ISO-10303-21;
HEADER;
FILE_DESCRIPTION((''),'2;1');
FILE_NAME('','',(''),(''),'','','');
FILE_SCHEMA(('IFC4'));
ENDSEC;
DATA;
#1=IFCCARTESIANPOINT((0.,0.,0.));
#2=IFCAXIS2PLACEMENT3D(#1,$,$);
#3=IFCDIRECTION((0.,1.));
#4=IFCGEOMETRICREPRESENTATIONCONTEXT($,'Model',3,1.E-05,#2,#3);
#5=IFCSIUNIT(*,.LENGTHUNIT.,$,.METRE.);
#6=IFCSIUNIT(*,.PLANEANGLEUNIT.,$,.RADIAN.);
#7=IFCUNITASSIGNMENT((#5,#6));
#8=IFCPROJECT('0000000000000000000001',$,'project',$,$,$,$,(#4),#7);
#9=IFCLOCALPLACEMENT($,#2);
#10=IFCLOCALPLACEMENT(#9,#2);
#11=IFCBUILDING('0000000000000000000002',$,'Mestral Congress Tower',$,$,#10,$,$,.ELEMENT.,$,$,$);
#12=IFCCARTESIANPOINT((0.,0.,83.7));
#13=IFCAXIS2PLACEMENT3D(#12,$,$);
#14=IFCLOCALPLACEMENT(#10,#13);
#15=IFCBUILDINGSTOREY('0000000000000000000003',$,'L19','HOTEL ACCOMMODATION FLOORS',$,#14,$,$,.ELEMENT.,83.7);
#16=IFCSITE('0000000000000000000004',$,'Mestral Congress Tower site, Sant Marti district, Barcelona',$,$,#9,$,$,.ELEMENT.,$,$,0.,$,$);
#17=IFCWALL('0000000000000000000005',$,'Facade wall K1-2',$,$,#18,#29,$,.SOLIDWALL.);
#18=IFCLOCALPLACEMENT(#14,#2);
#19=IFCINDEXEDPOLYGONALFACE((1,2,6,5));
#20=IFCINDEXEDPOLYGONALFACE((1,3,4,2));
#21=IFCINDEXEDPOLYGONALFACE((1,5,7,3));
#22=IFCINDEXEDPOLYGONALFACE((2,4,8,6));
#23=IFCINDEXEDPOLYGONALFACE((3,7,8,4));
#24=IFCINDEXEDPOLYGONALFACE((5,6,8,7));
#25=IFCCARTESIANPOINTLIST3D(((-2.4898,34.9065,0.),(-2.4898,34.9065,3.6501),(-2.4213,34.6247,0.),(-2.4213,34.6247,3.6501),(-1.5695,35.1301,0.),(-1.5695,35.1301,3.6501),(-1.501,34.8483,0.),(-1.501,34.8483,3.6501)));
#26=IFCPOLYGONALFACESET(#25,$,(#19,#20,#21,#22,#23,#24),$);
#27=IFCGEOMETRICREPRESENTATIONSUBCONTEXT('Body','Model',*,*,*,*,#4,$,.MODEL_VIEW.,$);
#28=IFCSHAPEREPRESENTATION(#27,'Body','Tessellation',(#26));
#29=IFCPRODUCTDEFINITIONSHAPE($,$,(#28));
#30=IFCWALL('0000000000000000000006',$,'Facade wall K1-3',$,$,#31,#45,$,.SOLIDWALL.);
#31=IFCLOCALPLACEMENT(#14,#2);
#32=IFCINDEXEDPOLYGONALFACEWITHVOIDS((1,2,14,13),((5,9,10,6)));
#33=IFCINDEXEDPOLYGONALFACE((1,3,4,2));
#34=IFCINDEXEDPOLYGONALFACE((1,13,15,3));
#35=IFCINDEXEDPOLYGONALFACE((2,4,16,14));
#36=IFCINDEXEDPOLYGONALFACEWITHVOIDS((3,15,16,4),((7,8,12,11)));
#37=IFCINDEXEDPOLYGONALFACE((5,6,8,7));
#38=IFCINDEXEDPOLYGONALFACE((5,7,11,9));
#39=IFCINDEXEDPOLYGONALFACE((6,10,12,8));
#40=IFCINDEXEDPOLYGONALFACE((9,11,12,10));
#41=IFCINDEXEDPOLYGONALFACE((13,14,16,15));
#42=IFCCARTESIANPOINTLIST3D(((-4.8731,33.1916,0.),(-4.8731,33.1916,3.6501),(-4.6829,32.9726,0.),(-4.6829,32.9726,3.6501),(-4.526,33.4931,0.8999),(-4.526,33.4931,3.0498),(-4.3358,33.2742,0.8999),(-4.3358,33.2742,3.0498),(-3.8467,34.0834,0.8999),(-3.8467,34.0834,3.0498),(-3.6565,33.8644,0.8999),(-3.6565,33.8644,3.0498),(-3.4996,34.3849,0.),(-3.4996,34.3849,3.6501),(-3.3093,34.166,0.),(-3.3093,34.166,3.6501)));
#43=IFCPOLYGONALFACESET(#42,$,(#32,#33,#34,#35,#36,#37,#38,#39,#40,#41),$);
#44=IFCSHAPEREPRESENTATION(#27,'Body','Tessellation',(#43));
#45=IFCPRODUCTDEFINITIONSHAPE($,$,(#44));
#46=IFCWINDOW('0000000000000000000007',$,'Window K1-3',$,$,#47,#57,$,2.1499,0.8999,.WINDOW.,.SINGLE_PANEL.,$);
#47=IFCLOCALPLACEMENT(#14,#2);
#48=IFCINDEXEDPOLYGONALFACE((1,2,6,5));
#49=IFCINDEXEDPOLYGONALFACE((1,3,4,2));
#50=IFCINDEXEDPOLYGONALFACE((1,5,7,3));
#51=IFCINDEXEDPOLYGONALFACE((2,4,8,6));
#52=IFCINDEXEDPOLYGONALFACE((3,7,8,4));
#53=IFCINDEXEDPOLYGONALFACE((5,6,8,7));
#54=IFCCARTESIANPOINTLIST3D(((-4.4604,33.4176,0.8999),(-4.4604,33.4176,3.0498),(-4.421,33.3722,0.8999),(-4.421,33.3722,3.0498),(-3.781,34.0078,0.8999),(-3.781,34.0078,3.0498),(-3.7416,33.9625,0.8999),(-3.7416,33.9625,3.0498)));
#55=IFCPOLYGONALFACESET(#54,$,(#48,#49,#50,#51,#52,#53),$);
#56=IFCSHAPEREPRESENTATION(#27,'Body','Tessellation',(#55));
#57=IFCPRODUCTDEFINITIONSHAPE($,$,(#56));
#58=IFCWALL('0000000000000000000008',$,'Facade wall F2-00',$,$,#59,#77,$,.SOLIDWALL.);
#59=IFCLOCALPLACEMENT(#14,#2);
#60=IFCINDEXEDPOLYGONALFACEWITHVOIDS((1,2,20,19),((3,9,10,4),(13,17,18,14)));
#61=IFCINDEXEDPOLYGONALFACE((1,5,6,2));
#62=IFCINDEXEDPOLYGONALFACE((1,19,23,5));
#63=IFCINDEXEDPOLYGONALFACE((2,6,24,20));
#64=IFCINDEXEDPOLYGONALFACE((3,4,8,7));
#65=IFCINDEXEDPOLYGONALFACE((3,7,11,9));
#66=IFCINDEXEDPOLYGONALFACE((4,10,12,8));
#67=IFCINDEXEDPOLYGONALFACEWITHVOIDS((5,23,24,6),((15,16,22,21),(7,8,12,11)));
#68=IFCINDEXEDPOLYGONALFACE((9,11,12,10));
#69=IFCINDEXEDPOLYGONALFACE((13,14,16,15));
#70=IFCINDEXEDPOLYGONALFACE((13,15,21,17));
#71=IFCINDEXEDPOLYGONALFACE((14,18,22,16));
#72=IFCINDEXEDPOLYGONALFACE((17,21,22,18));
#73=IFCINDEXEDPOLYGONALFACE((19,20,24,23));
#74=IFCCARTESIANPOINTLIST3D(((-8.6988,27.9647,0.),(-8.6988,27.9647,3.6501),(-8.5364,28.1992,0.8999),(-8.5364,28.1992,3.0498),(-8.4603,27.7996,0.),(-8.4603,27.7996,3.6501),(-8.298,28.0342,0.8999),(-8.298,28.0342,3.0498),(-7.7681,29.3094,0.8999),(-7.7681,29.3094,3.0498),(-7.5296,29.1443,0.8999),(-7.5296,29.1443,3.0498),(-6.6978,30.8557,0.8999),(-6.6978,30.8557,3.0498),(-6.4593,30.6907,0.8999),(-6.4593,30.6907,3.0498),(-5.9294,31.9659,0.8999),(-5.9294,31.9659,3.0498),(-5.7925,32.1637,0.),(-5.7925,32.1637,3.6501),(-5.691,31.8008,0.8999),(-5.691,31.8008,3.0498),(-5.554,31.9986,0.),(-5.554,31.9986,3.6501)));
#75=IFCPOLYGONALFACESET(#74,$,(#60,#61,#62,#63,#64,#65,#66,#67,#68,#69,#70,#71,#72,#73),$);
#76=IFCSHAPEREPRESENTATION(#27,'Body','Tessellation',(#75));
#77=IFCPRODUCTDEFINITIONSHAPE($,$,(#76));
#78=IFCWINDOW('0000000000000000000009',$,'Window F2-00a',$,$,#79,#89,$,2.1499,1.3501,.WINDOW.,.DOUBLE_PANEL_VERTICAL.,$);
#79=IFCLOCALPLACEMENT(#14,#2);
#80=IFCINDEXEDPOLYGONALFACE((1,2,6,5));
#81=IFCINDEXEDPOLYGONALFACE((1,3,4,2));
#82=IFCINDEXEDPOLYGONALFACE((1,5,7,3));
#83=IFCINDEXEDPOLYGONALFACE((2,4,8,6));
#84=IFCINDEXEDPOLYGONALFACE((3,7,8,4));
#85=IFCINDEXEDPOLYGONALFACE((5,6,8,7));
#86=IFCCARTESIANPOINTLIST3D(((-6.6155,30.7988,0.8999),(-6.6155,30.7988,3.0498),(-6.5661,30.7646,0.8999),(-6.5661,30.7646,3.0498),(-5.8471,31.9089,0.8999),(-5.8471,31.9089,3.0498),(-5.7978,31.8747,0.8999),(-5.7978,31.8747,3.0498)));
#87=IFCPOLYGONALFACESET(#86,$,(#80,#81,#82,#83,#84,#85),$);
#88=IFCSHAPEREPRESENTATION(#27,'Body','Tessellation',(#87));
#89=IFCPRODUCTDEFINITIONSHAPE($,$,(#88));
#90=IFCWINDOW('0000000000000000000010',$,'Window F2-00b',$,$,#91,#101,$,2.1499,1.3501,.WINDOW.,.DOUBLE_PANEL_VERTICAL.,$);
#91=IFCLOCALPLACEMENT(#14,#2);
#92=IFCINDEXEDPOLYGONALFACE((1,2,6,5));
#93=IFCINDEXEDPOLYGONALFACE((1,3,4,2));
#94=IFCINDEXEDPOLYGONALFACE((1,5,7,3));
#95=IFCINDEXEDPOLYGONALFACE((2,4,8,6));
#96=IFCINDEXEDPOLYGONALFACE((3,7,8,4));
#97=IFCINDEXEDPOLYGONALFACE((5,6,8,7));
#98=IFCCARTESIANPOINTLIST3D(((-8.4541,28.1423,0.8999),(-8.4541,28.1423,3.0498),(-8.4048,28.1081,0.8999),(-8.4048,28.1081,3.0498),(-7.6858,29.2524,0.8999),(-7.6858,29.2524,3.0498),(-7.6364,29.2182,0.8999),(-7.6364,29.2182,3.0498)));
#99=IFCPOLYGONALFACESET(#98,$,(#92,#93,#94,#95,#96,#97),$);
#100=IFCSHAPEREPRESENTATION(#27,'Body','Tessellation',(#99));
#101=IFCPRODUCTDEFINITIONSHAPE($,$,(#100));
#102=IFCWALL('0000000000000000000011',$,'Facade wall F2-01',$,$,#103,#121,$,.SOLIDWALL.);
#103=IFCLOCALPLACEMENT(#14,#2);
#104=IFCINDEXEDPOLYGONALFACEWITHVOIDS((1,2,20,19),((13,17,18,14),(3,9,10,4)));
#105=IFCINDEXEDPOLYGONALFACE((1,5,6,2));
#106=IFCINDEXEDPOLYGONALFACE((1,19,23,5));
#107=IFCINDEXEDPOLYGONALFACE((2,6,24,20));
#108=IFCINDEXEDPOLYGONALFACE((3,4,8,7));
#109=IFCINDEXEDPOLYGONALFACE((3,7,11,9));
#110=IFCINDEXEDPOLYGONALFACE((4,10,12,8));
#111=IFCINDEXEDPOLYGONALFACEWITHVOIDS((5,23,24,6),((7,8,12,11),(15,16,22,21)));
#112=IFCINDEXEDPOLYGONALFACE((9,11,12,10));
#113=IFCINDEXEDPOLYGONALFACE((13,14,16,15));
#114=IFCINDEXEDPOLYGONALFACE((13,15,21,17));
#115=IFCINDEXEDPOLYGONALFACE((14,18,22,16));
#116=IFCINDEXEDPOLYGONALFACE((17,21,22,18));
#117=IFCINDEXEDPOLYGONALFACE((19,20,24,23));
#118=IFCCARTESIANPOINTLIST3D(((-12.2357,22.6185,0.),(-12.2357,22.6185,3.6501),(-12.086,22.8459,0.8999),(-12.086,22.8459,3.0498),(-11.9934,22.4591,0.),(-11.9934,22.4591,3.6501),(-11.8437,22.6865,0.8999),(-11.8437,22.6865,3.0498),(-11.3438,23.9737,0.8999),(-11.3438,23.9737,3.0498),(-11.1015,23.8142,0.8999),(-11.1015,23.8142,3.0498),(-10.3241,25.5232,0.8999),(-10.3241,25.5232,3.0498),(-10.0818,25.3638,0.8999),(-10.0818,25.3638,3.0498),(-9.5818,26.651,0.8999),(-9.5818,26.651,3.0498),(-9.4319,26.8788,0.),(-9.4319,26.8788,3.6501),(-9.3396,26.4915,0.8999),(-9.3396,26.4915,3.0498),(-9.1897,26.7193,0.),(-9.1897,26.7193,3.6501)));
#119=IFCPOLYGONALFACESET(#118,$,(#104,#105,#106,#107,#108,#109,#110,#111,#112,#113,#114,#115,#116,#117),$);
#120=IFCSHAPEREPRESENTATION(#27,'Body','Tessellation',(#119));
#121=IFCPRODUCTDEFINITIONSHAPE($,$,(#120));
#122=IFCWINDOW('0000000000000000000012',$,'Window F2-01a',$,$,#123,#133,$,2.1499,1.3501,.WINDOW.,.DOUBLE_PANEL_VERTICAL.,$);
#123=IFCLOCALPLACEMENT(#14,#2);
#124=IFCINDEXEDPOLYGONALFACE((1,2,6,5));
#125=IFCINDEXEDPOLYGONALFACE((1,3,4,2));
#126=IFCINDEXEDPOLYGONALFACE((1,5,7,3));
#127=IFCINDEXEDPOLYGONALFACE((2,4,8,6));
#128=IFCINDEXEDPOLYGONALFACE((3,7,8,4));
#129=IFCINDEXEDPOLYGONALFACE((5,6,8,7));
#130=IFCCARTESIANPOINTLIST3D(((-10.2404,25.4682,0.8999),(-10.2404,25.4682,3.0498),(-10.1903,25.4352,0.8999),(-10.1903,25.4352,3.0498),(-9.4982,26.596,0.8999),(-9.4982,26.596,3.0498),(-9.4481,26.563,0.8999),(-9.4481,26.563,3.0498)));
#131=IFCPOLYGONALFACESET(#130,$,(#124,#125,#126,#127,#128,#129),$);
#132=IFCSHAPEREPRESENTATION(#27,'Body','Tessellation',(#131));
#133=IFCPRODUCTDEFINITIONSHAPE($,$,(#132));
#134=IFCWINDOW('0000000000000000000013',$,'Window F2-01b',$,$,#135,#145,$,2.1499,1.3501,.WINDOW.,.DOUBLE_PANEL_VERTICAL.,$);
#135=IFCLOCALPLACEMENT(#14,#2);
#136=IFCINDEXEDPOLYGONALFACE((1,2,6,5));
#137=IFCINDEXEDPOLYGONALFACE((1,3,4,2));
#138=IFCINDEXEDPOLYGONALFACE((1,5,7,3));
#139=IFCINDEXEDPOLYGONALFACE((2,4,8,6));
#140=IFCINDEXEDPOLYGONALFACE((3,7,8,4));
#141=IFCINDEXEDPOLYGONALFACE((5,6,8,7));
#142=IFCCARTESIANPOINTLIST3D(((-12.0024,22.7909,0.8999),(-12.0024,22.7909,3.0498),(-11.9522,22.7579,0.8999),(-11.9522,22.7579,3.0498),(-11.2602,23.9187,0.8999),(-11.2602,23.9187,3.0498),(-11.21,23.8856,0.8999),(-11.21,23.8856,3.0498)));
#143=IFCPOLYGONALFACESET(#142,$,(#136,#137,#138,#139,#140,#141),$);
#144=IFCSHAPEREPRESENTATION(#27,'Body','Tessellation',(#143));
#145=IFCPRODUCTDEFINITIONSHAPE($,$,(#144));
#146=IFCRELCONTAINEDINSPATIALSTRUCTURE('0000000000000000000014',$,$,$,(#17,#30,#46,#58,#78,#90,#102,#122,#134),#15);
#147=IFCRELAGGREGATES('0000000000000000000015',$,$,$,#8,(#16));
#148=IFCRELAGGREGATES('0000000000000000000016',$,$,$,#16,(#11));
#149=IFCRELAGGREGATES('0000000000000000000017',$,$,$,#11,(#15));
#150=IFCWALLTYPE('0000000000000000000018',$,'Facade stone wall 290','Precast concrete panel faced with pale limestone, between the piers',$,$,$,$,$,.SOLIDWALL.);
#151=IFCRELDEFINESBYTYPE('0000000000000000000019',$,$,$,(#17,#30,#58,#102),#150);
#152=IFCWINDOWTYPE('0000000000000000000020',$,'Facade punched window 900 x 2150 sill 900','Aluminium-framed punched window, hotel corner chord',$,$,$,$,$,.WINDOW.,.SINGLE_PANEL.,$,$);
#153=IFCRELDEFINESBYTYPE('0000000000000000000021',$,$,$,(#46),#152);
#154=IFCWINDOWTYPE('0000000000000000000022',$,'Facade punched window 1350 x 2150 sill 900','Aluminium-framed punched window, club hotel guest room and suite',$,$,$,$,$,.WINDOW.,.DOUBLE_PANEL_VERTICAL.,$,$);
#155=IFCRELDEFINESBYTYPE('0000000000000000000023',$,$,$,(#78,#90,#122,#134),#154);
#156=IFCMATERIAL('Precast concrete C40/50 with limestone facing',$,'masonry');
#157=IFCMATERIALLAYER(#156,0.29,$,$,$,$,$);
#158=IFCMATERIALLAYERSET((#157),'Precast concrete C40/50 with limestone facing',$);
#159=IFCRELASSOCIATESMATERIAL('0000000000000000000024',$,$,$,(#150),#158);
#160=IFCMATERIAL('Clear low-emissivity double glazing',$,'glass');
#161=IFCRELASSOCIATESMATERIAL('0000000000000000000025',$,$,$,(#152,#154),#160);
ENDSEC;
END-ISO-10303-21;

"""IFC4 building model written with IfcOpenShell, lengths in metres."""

from ifc_helpers import new_model, si_unit, direction, frame, frame_2d, origin, place, context, subcontext, project, spatial, rectangle, extrude, material, layer, layer_set, type_object, element, fill, save


model = new_model("IFC4")

# Units and contexts
model_context = context("Model", 3, precision=1e-05, world=origin(), true_north=direction((0.0, 1.0)))
body_context = subcontext(model_context, "Body", "Model", "MODEL_VIEW")
ifc_project = project(units=[si_unit("LENGTHUNIT", "METRE"), si_unit("PLANEANGLEUNIT", "RADIAN")], contexts=[model_context])

# Site, building, storey
site_placement = place(None, origin())
site = spatial("IfcSite", under=ifc_project, at=site_placement, Name="Mestral Congress Tower site, Sant Marti district, Barcelona", CompositionType="ELEMENT", RefElevation=0.0)
building_placement = place(site_placement, origin())
building = spatial("IfcBuilding", under=site, at=building_placement, Name="Mestral Congress Tower", CompositionType="ELEMENT")
storey_placement = place(building_placement, frame((0.0, 0.0, 83.7)))
storey = spatial("IfcBuildingStorey", under=building, at=storey_placement, Name="L19", Description="HOTEL ACCOMMODATION FLOORS", CompositionType="ELEMENT", Elevation=83.7)

# Wall
ifc_material_1 = material(Name="Precast concrete C40/50 with limestone facing", Category="masonry")
ifc_layer_1 = layer(ifc_material_1, 0.29)
ifc_layer_set_1 = layer_set([ifc_layer_1], Name="Precast concrete C40/50 with limestone facing")
wall_type_1 = type_object("IfcWallType", Name="Facade stone wall 290", Description="Precast concrete panel faced with pale limestone, between the piers", PredefinedType="SOLIDWALL", material=ifc_layer_set_1)
wall_1_placement = place(storey_placement, frame((-1.5352, 34.9893, 0.0), z_axis=(0.0, 0.0, 1.0), x_axis=(-0.971714, -0.236161, 0.0)))
element("IfcWall", 1, at=wall_1_placement, inside=storey, type_object=wall_type_1, Name="Facade wall K1-2", PredefinedType="SOLIDWALL", context=body_context, shape_type="SweptSolid", body=[
    extrude(rectangle(XDim=0.947, YDim=0.29, at=frame_2d((0.4736, 0.0))), origin(), (0.0, 0.0, 1.0), 3.6501),
])

# Wall, opening, window
wall_2_placement = place(storey_placement, frame((-3.4045, 34.2754, 0.0), z_axis=(0.0, 0.0, 1.0), x_axis=(-0.754883, -0.65586, 0.0)))
wall_2 = element("IfcWall", 2, at=wall_2_placement, inside=storey, type_object=wall_type_1, Name="Facade wall K1-3", PredefinedType="SOLIDWALL", context=body_context, shape_type="SweptSolid", body=[
    extrude(rectangle(XDim=1.8196, YDim=0.29, at=frame_2d((0.9097, 0.0))), origin(), (0.0, 0.0, 1.0), 3.6501),
])
opening_1_placement = place(wall_2_placement, frame((0.4597, 0.0, 0.8999)))
opening_1 = element("IfcOpeningElement", 3, at=opening_1_placement, cuts=wall_2, PredefinedType="OPENING", context=body_context, shape_type="SweptSolid", body=[
    extrude(rectangle(XDim=0.8999, YDim=2.1499, at=frame_2d((0.45, 1.075))), frame((0.0, 0.155, 0.0), z_axis=(0.0, -1.0, 0.0), x_axis=(1.0, 0.0, 0.0)), (0.0, 0.0, 1.0), 0.3101),
])
ifc_material_2 = material(Name="Clear low-emissivity double glazing", Category="glass")
window_type_1 = type_object("IfcWindowType", Name="Facade punched window 900 x 2150 sill 900", Description="Aluminium-framed punched window, hotel corner chord", PartitioningType="SINGLE_PANEL", PredefinedType="WINDOW", material=ifc_material_2)
window_1_placement = place(opening_1_placement, origin())
window_1 = element("IfcWindow", 4, at=window_1_placement, inside=storey, type_object=window_type_1, Name="Window K1-3", OverallHeight=2.1499, OverallWidth=0.8999, PartitioningType="SINGLE_PANEL", PredefinedType="WINDOW", context=body_context, shape_type="SweptSolid", body=[
    extrude(rectangle(XDim=0.8999, YDim=2.1499, at=frame_2d((0.45, 1.075))), frame((0.0, 0.0151, 0.0), z_axis=(0.0, -1.0, 0.0), x_axis=(1.0, 0.0, 0.0)), (0.0, 0.0, 1.0), 0.0601),
])
fill(opening_1, window_1)

# Walls, openings, windows
wall_3_placement = place(storey_placement, frame((-5.6733, 32.0811, 0.0), z_axis=(0.0, 0.0, 1.0), x_axis=(-0.569113, -0.822259, 0.0)))
wall_3 = element("IfcWall", 5, at=wall_3_placement, inside=storey, type_object=wall_type_1, Name="Facade wall F2-00", PredefinedType="SOLIDWALL", context=body_context, shape_type="SweptSolid", body=[
    extrude(rectangle(XDim=5.1067, YDim=0.29, at=frame_2d((2.5532, 0.0))), origin(), (0.0, 0.0, 1.0), 3.6501),
])
opening_2_placement = place(wall_3_placement, frame((0.2405, 0.0, 0.8999)))
opening_2 = element("IfcOpeningElement", 6, at=opening_2_placement, cuts=wall_3, PredefinedType="OPENING", context=body_context, shape_type="SweptSolid", body=[
    extrude(rectangle(XDim=1.3501, YDim=2.1499, at=frame_2d((0.675, 1.075))), frame((0.0, 0.155, 0.0), z_axis=(0.0, -1.0, 0.0), x_axis=(1.0, 0.0, 0.0)), (0.0, 0.0, 1.0), 0.3101),
])
opening_3_placement = place(wall_3_placement, frame((3.4712, 0.0, 0.8999)))
opening_3 = element("IfcOpeningElement", 7, at=opening_3_placement, cuts=wall_3, PredefinedType="OPENING", context=body_context, shape_type="SweptSolid", body=[
    extrude(rectangle(XDim=1.3501, YDim=2.1499, at=frame_2d((0.675, 1.075))), frame((0.0, 0.155, 0.0), z_axis=(0.0, -1.0, 0.0), x_axis=(1.0, 0.0, 0.0)), (0.0, 0.0, 1.0), 0.3101),
])
window_type_2 = type_object("IfcWindowType", Name="Facade punched window 1350 x 2150 sill 900", Description="Aluminium-framed punched window, club hotel guest room and suite", PartitioningType="DOUBLE_PANEL_VERTICAL", PredefinedType="WINDOW", material=ifc_material_2)
window_2_placement = place(opening_2_placement, origin())
window_2 = element("IfcWindow", 8, at=window_2_placement, inside=storey, type_object=window_type_2, Name="Window F2-00a", OverallHeight=2.1499, OverallWidth=1.3501, PartitioningType="DOUBLE_PANEL_VERTICAL", PredefinedType="WINDOW", context=body_context, shape_type="SweptSolid", body=[
    extrude(rectangle(XDim=1.3501, YDim=2.1499, at=frame_2d((0.675, 1.075))), frame((0.0, 0.0151, 0.0), z_axis=(0.0, -1.0, 0.0), x_axis=(1.0, 0.0, 0.0)), (0.0, 0.0, 1.0), 0.0601),
])
fill(opening_2, window_2)
window_3_placement = place(opening_3_placement, origin())
window_3 = element("IfcWindow", 9, at=window_3_placement, inside=storey, type_object=window_type_2, Name="Window F2-00b", OverallHeight=2.1499, OverallWidth=1.3501, PartitioningType="DOUBLE_PANEL_VERTICAL", PredefinedType="WINDOW", context=body_context, shape_type="SweptSolid", body=[
    extrude(rectangle(XDim=1.3501, YDim=2.1499, at=frame_2d((0.675, 1.075))), frame((0.0, 0.0151, 0.0), z_axis=(0.0, -1.0, 0.0), x_axis=(1.0, 0.0, 0.0)), (0.0, 0.0, 1.0), 0.0601),
])
fill(opening_3, window_3)
wall_4_placement = place(storey_placement, frame((-9.3108, 26.7991, 0.0), z_axis=(0.0, 0.0, 1.0), x_axis=(-0.549741, -0.835335, 0.0)))
wall_4 = element("IfcWall", 10, at=wall_4_placement, inside=storey, type_object=wall_type_1, Name="Facade wall F2-01", PredefinedType="SOLIDWALL", context=body_context, shape_type="SweptSolid", body=[
    extrude(rectangle(XDim=5.1001, YDim=0.29, at=frame_2d((2.55, 0.0))), origin(), (0.0, 0.0, 1.0), 3.6501),
])
opening_4_placement = place(wall_4_placement, frame((0.2727, 0.0, 0.8999)))
opening_4 = element("IfcOpeningElement", 11, at=opening_4_placement, cuts=wall_4, PredefinedType="OPENING", context=body_context, shape_type="SweptSolid", body=[
    extrude(rectangle(XDim=1.3501, YDim=2.1499, at=frame_2d((0.675, 1.075))), frame((0.0, 0.155, 0.0), z_axis=(0.0, -1.0, 0.0), x_axis=(1.0, 0.0, 0.0)), (0.0, 0.0, 1.0), 0.3101),
])
opening_5_placement = place(wall_4_placement, frame((3.4778, 0.0, 0.8999)))
opening_5 = element("IfcOpeningElement", 12, at=opening_5_placement, cuts=wall_4, PredefinedType="OPENING", context=body_context, shape_type="SweptSolid", body=[
    extrude(rectangle(XDim=1.3501, YDim=2.1499, at=frame_2d((0.675, 1.075))), frame((0.0, 0.155, 0.0), z_axis=(0.0, -1.0, 0.0), x_axis=(1.0, 0.0, 0.0)), (0.0, 0.0, 1.0), 0.3101),
])
window_4_placement = place(opening_4_placement, origin())
window_4 = element("IfcWindow", 13, at=window_4_placement, inside=storey, type_object=window_type_2, Name="Window F2-01a", OverallHeight=2.1499, OverallWidth=1.3501, PartitioningType="DOUBLE_PANEL_VERTICAL", PredefinedType="WINDOW", context=body_context, shape_type="SweptSolid", body=[
    extrude(rectangle(XDim=1.3501, YDim=2.1499, at=frame_2d((0.675, 1.075))), frame((0.0, 0.0151, 0.0), z_axis=(0.0, -1.0, 0.0), x_axis=(1.0, 0.0, 0.0)), (0.0, 0.0, 1.0), 0.0601),
])
fill(opening_4, window_4)
window_5_placement = place(opening_5_placement, origin())
window_5 = element("IfcWindow", 14, at=window_5_placement, inside=storey, type_object=window_type_2, Name="Window F2-01b", OverallHeight=2.1499, OverallWidth=1.3501, PartitioningType="DOUBLE_PANEL_VERTICAL", PredefinedType="WINDOW", context=body_context, shape_type="SweptSolid", body=[
    extrude(rectangle(XDim=1.3501, YDim=2.1499, at=frame_2d((0.675, 1.075))), frame((0.0, 0.0151, 0.0), z_axis=(0.0, -1.0, 0.0), x_axis=(1.0, 0.0, 0.0)), (0.0, 0.0, 1.0), 0.0601),
])
fill(opening_5, window_5)

save(model, "model.ifc")
